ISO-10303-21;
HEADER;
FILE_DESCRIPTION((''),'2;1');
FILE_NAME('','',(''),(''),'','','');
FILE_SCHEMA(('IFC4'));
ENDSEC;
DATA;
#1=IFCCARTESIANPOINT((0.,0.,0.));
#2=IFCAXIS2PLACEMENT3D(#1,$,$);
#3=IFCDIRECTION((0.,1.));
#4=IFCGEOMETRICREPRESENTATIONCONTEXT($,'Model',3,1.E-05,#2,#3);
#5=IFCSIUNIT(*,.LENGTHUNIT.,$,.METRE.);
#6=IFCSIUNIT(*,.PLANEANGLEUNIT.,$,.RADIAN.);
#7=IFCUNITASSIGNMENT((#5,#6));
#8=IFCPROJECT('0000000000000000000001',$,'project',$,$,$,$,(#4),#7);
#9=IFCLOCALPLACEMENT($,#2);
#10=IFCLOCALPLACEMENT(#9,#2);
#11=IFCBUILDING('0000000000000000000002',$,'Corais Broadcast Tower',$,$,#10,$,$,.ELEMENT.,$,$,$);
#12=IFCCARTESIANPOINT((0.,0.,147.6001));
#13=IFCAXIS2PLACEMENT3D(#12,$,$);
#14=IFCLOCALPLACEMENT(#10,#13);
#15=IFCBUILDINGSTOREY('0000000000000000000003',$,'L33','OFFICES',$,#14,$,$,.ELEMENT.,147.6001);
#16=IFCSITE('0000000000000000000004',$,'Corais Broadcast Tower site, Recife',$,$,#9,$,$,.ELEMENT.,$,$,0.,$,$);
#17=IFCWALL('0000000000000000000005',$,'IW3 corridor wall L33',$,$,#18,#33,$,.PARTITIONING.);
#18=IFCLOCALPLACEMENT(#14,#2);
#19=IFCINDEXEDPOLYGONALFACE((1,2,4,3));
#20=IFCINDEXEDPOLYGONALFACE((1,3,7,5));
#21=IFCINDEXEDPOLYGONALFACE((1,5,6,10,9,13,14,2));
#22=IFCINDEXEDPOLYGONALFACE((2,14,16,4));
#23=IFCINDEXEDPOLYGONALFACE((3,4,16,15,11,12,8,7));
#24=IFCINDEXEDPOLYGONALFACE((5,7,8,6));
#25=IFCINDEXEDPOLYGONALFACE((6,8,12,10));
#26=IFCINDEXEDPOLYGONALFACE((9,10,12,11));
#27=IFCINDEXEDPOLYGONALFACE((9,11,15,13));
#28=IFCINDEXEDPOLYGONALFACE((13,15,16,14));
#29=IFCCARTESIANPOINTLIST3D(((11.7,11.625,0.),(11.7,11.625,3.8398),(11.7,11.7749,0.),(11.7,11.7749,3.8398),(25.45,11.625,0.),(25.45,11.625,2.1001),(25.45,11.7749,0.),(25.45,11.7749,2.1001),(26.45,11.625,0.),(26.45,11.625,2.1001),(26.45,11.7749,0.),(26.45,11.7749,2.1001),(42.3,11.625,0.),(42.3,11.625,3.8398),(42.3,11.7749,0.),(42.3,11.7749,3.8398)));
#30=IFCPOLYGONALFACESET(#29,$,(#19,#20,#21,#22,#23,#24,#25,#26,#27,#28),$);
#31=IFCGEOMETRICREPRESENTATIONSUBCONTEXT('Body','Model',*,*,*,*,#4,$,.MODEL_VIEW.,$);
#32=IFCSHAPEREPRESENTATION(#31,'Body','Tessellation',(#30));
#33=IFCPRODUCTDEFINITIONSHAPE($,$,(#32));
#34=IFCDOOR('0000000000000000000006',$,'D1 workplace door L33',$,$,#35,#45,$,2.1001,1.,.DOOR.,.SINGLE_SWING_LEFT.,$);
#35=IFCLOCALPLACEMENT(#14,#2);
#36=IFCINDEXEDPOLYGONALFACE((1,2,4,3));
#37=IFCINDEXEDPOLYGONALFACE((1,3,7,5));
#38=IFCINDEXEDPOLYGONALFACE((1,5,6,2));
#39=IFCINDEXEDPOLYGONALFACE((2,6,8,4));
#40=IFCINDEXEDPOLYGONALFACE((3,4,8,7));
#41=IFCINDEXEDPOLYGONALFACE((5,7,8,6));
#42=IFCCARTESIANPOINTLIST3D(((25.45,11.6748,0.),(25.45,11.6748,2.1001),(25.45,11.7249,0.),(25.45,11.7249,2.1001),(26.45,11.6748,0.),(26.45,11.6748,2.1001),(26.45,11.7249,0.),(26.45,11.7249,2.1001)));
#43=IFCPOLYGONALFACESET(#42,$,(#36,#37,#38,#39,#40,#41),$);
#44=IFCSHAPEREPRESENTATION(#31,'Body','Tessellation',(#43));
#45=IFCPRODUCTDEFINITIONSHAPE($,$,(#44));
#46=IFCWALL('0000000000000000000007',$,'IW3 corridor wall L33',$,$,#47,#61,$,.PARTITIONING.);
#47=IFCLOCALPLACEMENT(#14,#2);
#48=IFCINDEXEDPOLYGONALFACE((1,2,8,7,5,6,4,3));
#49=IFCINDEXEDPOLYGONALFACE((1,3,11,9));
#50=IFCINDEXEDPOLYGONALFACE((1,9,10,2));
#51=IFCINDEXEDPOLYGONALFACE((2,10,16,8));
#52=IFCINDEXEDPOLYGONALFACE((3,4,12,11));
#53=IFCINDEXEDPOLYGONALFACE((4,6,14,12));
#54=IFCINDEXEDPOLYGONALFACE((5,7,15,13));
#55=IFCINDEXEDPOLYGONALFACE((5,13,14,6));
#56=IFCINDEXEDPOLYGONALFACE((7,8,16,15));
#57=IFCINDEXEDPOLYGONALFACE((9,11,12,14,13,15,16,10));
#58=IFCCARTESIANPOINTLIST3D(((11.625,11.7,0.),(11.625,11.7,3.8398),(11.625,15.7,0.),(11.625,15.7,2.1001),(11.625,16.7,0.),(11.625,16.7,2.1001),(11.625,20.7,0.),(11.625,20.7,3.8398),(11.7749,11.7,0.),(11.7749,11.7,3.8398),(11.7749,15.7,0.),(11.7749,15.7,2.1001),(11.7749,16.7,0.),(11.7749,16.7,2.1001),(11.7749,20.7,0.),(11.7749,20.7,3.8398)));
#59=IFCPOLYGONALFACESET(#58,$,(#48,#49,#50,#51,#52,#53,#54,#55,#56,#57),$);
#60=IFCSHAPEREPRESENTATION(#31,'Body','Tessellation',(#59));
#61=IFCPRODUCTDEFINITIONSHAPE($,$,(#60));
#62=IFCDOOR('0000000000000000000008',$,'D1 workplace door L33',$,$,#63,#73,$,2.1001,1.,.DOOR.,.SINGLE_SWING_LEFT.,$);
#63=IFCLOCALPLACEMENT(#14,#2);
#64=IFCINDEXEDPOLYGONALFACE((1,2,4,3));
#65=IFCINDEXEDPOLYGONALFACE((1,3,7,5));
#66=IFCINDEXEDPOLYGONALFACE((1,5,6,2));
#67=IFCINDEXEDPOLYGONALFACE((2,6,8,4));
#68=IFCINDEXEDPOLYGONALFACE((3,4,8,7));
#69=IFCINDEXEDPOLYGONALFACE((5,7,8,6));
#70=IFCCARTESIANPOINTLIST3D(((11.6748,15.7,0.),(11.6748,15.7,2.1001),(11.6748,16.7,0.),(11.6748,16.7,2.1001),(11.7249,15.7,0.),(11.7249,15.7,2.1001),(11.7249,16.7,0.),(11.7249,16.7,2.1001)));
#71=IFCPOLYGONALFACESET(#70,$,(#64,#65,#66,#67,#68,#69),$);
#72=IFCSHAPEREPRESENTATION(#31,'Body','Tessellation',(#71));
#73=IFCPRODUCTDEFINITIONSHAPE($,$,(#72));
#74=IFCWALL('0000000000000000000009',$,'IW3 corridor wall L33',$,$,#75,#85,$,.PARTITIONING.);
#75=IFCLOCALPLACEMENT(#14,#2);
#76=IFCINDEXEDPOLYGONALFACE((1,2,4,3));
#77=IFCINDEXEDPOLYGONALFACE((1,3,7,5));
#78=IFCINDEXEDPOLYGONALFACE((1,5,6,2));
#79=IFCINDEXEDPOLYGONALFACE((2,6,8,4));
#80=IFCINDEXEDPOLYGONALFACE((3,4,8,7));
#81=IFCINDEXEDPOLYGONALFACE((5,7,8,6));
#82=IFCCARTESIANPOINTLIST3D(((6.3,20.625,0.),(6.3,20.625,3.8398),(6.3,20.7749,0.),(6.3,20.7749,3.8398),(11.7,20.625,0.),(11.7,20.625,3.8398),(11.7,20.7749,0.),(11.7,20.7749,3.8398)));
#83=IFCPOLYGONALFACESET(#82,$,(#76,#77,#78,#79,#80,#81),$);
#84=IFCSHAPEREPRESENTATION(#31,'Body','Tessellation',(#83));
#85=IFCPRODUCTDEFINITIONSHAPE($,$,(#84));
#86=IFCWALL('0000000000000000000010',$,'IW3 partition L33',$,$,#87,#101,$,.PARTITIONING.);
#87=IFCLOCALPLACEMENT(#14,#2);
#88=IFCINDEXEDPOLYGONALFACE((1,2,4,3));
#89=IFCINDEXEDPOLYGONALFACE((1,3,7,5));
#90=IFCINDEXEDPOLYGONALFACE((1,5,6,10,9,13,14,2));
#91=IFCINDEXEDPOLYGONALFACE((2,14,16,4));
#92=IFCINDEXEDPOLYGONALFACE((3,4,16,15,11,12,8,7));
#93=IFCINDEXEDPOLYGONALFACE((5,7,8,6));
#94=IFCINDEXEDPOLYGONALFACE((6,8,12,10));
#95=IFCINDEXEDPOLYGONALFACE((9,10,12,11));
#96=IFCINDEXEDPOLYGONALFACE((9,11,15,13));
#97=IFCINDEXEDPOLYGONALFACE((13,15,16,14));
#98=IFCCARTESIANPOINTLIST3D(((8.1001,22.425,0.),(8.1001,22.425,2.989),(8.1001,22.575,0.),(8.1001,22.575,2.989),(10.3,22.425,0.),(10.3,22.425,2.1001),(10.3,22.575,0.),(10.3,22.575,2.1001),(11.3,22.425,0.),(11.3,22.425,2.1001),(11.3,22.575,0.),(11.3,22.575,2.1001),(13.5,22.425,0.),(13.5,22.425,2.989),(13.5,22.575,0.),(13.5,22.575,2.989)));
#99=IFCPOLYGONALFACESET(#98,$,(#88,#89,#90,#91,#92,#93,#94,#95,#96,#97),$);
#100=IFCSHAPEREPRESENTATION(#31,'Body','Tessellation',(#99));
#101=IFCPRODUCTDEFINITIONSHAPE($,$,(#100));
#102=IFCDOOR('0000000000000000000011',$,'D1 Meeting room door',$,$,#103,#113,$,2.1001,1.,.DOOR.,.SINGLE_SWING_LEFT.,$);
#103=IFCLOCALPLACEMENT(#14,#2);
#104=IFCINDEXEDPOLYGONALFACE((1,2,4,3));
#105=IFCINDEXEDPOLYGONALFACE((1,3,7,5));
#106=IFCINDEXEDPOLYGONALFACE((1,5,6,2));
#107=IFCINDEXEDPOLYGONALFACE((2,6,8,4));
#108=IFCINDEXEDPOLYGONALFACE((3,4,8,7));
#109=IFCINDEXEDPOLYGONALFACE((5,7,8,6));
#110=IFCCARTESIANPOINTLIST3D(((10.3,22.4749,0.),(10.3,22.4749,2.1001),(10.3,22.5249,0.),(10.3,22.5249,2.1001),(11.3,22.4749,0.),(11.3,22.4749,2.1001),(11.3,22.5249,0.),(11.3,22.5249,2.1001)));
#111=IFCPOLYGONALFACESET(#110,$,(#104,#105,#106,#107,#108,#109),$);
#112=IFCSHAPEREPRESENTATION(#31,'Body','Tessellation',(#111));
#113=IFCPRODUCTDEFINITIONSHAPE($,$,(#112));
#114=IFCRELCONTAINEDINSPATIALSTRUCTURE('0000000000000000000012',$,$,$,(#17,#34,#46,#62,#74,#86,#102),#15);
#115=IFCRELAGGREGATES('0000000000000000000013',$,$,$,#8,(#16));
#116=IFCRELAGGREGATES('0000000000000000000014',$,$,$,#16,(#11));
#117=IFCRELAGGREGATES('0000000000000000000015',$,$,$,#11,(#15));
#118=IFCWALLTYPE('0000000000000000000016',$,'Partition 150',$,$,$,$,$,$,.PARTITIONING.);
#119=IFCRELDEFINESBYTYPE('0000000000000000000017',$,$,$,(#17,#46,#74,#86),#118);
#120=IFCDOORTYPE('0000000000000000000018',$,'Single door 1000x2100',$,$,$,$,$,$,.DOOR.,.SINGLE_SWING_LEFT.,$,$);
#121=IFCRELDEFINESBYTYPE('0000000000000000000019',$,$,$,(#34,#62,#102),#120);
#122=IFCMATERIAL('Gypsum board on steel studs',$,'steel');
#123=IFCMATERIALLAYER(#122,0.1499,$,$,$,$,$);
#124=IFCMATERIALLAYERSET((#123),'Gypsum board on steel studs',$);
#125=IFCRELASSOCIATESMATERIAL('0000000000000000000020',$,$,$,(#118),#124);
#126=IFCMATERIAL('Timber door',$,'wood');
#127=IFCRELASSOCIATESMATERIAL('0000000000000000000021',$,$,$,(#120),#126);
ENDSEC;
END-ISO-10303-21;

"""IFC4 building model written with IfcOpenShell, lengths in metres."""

from ifc_helpers import new_model, si_unit, direction, frame, frame_2d, origin, place, context, subcontext, project, spatial, rectangle, extrude, material, layer, layer_set, type_object, element, fill, save


model = new_model("IFC4")

# Units and contexts
model_context = context("Model", 3, precision=1e-05, world=origin(), true_north=direction((0.0, 1.0)))
body_context = subcontext(model_context, "Body", "Model", "MODEL_VIEW")
ifc_project = project(units=[si_unit("LENGTHUNIT", "METRE"), si_unit("PLANEANGLEUNIT", "RADIAN")], contexts=[model_context])

# Site, building, storey
site_placement = place(None, origin())
site = spatial("IfcSite", under=ifc_project, at=site_placement, Name="Corais Broadcast Tower site, Recife", CompositionType="ELEMENT", RefElevation=0.0)
building_placement = place(site_placement, origin())
building = spatial("IfcBuilding", under=site, at=building_placement, Name="Corais Broadcast Tower", CompositionType="ELEMENT")
storey_placement = place(building_placement, frame((0.0, 0.0, 147.6001)))
storey = spatial("IfcBuildingStorey", under=building, at=storey_placement, Name="L33", Description="OFFICES", CompositionType="ELEMENT", Elevation=147.6001)

# Walls, openings, doors
ifc_material_1 = material(Name="Gypsum board on steel studs", Category="steel")
ifc_layer_1 = layer(ifc_material_1, 0.1499)
ifc_layer_set_1 = layer_set([ifc_layer_1], Name="Gypsum board on steel studs")
wall_type_1 = type_object("IfcWallType", Name="Partition 150", PredefinedType="PARTITIONING", material=ifc_layer_set_1)
wall_1_placement = place(storey_placement, frame((11.7, 11.7, 0.0), z_axis=(0.0, 0.0, 1.0), x_axis=(1.0, 0.0, 0.0)))
wall_1 = element("IfcWall", 1, at=wall_1_placement, inside=storey, type_object=wall_type_1, Name="IW3 corridor wall L33", PredefinedType="PARTITIONING", context=body_context, shape_type="SweptSolid", body=[
    extrude(rectangle(XDim=30.6001, YDim=0.1499, at=frame_2d((15.3, 0.0))), origin(), (0.0, 0.0, 1.0), 3.8398),
])
opening_1_placement = place(wall_1_placement, frame((13.75, 0.0, 0.0)))
opening_1 = element("IfcOpeningElement", 2, at=opening_1_placement, cuts=wall_1, PredefinedType="OPENING", context=body_context, shape_type="SweptSolid", body=[
    extrude(rectangle(XDim=1.0, YDim=2.1001, at=frame_2d((0.5, 1.05))), frame((0.0, 0.085, 0.0), z_axis=(0.0, -1.0, 0.0), x_axis=(1.0, 0.0, 0.0)), (0.0, 0.0, 1.0), 0.1699),
])
ifc_material_2 = material(Name="Timber door", Category="wood")
door_type = type_object("IfcDoorType", Name="Single door 1000x2100", OperationType="SINGLE_SWING_LEFT", PredefinedType="DOOR", material=ifc_material_2)
door_1_placement = place(opening_1_placement, origin())
door_1 = element("IfcDoor", 3, at=door_1_placement, inside=storey, type_object=door_type, Name="D1 workplace door L33", OperationType="SINGLE_SWING_LEFT", OverallHeight=2.1001, OverallWidth=1.0, PredefinedType="DOOR", context=body_context, shape_type="SweptSolid", body=[
    extrude(rectangle(XDim=1.0, YDim=2.1001, at=frame_2d((0.5, 1.05))), frame((0.0, 0.0249, 0.0), z_axis=(0.0, -1.0, 0.0), x_axis=(1.0, 0.0, 0.0)), (0.0, 0.0, 1.0), 0.05),
])
fill(opening_1, door_1)
wall_2_placement = place(storey_placement, frame((11.7, 20.7, 0.0), z_axis=(0.0, 0.0, 1.0), x_axis=(0.0, -1.0, 0.0)))
wall_2 = element("IfcWall", 4, at=wall_2_placement, inside=storey, type_object=wall_type_1, Name="IW3 corridor wall L33", PredefinedType="PARTITIONING", context=body_context, shape_type="SweptSolid", body=[
    extrude(rectangle(XDim=9.0, YDim=0.1499, at=frame_2d((4.5, 0.0))), origin(), (0.0, 0.0, 1.0), 3.8398),
])
opening_2_placement = place(wall_2_placement, frame((4.0, 0.0, 0.0)))
opening_2 = element("IfcOpeningElement", 5, at=opening_2_placement, cuts=wall_2, PredefinedType="OPENING", context=body_context, shape_type="SweptSolid", body=[
    extrude(rectangle(XDim=1.0, YDim=2.1001, at=frame_2d((0.5, 1.05))), frame((0.0, 0.085, 0.0), z_axis=(0.0, -1.0, 0.0), x_axis=(1.0, 0.0, 0.0)), (0.0, 0.0, 1.0), 0.1699),
])
door_2_placement = place(opening_2_placement, origin())
door_2 = element("IfcDoor", 6, at=door_2_placement, inside=storey, type_object=door_type, Name="D1 workplace door L33", OperationType="SINGLE_SWING_LEFT", OverallHeight=2.1001, OverallWidth=1.0, PredefinedType="DOOR", context=body_context, shape_type="SweptSolid", body=[
    extrude(rectangle(XDim=1.0, YDim=2.1001, at=frame_2d((0.5, 1.05))), frame((0.0, 0.0249, 0.0), z_axis=(0.0, -1.0, 0.0), x_axis=(1.0, 0.0, 0.0)), (0.0, 0.0, 1.0), 0.05),
])
fill(opening_2, door_2)

# Wall
wall_3_placement = place(storey_placement, frame((6.3, 20.7, 0.0), z_axis=(0.0, 0.0, 1.0), x_axis=(1.0, 0.0, 0.0)))
element("IfcWall", 7, at=wall_3_placement, inside=storey, type_object=wall_type_1, Name="IW3 corridor wall L33", PredefinedType="PARTITIONING", context=body_context, shape_type="SweptSolid", body=[
    extrude(rectangle(XDim=5.3999, YDim=0.1499, at=frame_2d((2.7, 0.0))), origin(), (0.0, 0.0, 1.0), 3.8398),
])

# Wall, opening, door
wall_4_placement = place(storey_placement, frame((8.1001, 22.5, 0.0), z_axis=(0.0, 0.0, 1.0), x_axis=(1.0, 0.0, 0.0)))
wall_4 = element("IfcWall", 8, at=wall_4_placement, inside=storey, type_object=wall_type_1, Name="IW3 partition L33", PredefinedType="PARTITIONING", context=body_context, shape_type="SweptSolid", body=[
    extrude(rectangle(XDim=5.3999, YDim=0.1499, at=frame_2d((2.7, 0.0))), origin(), (0.0, 0.0, 1.0), 2.989),
])
opening_3_placement = place(wall_4_placement, frame((2.2, 0.0, 0.0)))
opening_3 = element("IfcOpeningElement", 9, at=opening_3_placement, cuts=wall_4, PredefinedType="OPENING", context=body_context, shape_type="SweptSolid", body=[
    extrude(rectangle(XDim=1.0, YDim=2.1001, at=frame_2d((0.5, 1.05))), frame((0.0, 0.085, 0.0), z_axis=(0.0, -1.0, 0.0), x_axis=(1.0, 0.0, 0.0)), (0.0, 0.0, 1.0), 0.1699),
])
door_3_placement = place(opening_3_placement, origin())
door_3 = element("IfcDoor", 10, at=door_3_placement, inside=storey, type_object=door_type, Name="D1 Meeting room door", OperationType="SINGLE_SWING_LEFT", OverallHeight=2.1001, OverallWidth=1.0, PredefinedType="DOOR", context=body_context, shape_type="SweptSolid", body=[
    extrude(rectangle(XDim=1.0, YDim=2.1001, at=frame_2d((0.5, 1.05))), frame((0.0, 0.0249, 0.0), z_axis=(0.0, -1.0, 0.0), x_axis=(1.0, 0.0, 0.0)), (0.0, 0.0, 1.0), 0.05),
])
fill(opening_3, door_3)

save(model, "model.ifc")
